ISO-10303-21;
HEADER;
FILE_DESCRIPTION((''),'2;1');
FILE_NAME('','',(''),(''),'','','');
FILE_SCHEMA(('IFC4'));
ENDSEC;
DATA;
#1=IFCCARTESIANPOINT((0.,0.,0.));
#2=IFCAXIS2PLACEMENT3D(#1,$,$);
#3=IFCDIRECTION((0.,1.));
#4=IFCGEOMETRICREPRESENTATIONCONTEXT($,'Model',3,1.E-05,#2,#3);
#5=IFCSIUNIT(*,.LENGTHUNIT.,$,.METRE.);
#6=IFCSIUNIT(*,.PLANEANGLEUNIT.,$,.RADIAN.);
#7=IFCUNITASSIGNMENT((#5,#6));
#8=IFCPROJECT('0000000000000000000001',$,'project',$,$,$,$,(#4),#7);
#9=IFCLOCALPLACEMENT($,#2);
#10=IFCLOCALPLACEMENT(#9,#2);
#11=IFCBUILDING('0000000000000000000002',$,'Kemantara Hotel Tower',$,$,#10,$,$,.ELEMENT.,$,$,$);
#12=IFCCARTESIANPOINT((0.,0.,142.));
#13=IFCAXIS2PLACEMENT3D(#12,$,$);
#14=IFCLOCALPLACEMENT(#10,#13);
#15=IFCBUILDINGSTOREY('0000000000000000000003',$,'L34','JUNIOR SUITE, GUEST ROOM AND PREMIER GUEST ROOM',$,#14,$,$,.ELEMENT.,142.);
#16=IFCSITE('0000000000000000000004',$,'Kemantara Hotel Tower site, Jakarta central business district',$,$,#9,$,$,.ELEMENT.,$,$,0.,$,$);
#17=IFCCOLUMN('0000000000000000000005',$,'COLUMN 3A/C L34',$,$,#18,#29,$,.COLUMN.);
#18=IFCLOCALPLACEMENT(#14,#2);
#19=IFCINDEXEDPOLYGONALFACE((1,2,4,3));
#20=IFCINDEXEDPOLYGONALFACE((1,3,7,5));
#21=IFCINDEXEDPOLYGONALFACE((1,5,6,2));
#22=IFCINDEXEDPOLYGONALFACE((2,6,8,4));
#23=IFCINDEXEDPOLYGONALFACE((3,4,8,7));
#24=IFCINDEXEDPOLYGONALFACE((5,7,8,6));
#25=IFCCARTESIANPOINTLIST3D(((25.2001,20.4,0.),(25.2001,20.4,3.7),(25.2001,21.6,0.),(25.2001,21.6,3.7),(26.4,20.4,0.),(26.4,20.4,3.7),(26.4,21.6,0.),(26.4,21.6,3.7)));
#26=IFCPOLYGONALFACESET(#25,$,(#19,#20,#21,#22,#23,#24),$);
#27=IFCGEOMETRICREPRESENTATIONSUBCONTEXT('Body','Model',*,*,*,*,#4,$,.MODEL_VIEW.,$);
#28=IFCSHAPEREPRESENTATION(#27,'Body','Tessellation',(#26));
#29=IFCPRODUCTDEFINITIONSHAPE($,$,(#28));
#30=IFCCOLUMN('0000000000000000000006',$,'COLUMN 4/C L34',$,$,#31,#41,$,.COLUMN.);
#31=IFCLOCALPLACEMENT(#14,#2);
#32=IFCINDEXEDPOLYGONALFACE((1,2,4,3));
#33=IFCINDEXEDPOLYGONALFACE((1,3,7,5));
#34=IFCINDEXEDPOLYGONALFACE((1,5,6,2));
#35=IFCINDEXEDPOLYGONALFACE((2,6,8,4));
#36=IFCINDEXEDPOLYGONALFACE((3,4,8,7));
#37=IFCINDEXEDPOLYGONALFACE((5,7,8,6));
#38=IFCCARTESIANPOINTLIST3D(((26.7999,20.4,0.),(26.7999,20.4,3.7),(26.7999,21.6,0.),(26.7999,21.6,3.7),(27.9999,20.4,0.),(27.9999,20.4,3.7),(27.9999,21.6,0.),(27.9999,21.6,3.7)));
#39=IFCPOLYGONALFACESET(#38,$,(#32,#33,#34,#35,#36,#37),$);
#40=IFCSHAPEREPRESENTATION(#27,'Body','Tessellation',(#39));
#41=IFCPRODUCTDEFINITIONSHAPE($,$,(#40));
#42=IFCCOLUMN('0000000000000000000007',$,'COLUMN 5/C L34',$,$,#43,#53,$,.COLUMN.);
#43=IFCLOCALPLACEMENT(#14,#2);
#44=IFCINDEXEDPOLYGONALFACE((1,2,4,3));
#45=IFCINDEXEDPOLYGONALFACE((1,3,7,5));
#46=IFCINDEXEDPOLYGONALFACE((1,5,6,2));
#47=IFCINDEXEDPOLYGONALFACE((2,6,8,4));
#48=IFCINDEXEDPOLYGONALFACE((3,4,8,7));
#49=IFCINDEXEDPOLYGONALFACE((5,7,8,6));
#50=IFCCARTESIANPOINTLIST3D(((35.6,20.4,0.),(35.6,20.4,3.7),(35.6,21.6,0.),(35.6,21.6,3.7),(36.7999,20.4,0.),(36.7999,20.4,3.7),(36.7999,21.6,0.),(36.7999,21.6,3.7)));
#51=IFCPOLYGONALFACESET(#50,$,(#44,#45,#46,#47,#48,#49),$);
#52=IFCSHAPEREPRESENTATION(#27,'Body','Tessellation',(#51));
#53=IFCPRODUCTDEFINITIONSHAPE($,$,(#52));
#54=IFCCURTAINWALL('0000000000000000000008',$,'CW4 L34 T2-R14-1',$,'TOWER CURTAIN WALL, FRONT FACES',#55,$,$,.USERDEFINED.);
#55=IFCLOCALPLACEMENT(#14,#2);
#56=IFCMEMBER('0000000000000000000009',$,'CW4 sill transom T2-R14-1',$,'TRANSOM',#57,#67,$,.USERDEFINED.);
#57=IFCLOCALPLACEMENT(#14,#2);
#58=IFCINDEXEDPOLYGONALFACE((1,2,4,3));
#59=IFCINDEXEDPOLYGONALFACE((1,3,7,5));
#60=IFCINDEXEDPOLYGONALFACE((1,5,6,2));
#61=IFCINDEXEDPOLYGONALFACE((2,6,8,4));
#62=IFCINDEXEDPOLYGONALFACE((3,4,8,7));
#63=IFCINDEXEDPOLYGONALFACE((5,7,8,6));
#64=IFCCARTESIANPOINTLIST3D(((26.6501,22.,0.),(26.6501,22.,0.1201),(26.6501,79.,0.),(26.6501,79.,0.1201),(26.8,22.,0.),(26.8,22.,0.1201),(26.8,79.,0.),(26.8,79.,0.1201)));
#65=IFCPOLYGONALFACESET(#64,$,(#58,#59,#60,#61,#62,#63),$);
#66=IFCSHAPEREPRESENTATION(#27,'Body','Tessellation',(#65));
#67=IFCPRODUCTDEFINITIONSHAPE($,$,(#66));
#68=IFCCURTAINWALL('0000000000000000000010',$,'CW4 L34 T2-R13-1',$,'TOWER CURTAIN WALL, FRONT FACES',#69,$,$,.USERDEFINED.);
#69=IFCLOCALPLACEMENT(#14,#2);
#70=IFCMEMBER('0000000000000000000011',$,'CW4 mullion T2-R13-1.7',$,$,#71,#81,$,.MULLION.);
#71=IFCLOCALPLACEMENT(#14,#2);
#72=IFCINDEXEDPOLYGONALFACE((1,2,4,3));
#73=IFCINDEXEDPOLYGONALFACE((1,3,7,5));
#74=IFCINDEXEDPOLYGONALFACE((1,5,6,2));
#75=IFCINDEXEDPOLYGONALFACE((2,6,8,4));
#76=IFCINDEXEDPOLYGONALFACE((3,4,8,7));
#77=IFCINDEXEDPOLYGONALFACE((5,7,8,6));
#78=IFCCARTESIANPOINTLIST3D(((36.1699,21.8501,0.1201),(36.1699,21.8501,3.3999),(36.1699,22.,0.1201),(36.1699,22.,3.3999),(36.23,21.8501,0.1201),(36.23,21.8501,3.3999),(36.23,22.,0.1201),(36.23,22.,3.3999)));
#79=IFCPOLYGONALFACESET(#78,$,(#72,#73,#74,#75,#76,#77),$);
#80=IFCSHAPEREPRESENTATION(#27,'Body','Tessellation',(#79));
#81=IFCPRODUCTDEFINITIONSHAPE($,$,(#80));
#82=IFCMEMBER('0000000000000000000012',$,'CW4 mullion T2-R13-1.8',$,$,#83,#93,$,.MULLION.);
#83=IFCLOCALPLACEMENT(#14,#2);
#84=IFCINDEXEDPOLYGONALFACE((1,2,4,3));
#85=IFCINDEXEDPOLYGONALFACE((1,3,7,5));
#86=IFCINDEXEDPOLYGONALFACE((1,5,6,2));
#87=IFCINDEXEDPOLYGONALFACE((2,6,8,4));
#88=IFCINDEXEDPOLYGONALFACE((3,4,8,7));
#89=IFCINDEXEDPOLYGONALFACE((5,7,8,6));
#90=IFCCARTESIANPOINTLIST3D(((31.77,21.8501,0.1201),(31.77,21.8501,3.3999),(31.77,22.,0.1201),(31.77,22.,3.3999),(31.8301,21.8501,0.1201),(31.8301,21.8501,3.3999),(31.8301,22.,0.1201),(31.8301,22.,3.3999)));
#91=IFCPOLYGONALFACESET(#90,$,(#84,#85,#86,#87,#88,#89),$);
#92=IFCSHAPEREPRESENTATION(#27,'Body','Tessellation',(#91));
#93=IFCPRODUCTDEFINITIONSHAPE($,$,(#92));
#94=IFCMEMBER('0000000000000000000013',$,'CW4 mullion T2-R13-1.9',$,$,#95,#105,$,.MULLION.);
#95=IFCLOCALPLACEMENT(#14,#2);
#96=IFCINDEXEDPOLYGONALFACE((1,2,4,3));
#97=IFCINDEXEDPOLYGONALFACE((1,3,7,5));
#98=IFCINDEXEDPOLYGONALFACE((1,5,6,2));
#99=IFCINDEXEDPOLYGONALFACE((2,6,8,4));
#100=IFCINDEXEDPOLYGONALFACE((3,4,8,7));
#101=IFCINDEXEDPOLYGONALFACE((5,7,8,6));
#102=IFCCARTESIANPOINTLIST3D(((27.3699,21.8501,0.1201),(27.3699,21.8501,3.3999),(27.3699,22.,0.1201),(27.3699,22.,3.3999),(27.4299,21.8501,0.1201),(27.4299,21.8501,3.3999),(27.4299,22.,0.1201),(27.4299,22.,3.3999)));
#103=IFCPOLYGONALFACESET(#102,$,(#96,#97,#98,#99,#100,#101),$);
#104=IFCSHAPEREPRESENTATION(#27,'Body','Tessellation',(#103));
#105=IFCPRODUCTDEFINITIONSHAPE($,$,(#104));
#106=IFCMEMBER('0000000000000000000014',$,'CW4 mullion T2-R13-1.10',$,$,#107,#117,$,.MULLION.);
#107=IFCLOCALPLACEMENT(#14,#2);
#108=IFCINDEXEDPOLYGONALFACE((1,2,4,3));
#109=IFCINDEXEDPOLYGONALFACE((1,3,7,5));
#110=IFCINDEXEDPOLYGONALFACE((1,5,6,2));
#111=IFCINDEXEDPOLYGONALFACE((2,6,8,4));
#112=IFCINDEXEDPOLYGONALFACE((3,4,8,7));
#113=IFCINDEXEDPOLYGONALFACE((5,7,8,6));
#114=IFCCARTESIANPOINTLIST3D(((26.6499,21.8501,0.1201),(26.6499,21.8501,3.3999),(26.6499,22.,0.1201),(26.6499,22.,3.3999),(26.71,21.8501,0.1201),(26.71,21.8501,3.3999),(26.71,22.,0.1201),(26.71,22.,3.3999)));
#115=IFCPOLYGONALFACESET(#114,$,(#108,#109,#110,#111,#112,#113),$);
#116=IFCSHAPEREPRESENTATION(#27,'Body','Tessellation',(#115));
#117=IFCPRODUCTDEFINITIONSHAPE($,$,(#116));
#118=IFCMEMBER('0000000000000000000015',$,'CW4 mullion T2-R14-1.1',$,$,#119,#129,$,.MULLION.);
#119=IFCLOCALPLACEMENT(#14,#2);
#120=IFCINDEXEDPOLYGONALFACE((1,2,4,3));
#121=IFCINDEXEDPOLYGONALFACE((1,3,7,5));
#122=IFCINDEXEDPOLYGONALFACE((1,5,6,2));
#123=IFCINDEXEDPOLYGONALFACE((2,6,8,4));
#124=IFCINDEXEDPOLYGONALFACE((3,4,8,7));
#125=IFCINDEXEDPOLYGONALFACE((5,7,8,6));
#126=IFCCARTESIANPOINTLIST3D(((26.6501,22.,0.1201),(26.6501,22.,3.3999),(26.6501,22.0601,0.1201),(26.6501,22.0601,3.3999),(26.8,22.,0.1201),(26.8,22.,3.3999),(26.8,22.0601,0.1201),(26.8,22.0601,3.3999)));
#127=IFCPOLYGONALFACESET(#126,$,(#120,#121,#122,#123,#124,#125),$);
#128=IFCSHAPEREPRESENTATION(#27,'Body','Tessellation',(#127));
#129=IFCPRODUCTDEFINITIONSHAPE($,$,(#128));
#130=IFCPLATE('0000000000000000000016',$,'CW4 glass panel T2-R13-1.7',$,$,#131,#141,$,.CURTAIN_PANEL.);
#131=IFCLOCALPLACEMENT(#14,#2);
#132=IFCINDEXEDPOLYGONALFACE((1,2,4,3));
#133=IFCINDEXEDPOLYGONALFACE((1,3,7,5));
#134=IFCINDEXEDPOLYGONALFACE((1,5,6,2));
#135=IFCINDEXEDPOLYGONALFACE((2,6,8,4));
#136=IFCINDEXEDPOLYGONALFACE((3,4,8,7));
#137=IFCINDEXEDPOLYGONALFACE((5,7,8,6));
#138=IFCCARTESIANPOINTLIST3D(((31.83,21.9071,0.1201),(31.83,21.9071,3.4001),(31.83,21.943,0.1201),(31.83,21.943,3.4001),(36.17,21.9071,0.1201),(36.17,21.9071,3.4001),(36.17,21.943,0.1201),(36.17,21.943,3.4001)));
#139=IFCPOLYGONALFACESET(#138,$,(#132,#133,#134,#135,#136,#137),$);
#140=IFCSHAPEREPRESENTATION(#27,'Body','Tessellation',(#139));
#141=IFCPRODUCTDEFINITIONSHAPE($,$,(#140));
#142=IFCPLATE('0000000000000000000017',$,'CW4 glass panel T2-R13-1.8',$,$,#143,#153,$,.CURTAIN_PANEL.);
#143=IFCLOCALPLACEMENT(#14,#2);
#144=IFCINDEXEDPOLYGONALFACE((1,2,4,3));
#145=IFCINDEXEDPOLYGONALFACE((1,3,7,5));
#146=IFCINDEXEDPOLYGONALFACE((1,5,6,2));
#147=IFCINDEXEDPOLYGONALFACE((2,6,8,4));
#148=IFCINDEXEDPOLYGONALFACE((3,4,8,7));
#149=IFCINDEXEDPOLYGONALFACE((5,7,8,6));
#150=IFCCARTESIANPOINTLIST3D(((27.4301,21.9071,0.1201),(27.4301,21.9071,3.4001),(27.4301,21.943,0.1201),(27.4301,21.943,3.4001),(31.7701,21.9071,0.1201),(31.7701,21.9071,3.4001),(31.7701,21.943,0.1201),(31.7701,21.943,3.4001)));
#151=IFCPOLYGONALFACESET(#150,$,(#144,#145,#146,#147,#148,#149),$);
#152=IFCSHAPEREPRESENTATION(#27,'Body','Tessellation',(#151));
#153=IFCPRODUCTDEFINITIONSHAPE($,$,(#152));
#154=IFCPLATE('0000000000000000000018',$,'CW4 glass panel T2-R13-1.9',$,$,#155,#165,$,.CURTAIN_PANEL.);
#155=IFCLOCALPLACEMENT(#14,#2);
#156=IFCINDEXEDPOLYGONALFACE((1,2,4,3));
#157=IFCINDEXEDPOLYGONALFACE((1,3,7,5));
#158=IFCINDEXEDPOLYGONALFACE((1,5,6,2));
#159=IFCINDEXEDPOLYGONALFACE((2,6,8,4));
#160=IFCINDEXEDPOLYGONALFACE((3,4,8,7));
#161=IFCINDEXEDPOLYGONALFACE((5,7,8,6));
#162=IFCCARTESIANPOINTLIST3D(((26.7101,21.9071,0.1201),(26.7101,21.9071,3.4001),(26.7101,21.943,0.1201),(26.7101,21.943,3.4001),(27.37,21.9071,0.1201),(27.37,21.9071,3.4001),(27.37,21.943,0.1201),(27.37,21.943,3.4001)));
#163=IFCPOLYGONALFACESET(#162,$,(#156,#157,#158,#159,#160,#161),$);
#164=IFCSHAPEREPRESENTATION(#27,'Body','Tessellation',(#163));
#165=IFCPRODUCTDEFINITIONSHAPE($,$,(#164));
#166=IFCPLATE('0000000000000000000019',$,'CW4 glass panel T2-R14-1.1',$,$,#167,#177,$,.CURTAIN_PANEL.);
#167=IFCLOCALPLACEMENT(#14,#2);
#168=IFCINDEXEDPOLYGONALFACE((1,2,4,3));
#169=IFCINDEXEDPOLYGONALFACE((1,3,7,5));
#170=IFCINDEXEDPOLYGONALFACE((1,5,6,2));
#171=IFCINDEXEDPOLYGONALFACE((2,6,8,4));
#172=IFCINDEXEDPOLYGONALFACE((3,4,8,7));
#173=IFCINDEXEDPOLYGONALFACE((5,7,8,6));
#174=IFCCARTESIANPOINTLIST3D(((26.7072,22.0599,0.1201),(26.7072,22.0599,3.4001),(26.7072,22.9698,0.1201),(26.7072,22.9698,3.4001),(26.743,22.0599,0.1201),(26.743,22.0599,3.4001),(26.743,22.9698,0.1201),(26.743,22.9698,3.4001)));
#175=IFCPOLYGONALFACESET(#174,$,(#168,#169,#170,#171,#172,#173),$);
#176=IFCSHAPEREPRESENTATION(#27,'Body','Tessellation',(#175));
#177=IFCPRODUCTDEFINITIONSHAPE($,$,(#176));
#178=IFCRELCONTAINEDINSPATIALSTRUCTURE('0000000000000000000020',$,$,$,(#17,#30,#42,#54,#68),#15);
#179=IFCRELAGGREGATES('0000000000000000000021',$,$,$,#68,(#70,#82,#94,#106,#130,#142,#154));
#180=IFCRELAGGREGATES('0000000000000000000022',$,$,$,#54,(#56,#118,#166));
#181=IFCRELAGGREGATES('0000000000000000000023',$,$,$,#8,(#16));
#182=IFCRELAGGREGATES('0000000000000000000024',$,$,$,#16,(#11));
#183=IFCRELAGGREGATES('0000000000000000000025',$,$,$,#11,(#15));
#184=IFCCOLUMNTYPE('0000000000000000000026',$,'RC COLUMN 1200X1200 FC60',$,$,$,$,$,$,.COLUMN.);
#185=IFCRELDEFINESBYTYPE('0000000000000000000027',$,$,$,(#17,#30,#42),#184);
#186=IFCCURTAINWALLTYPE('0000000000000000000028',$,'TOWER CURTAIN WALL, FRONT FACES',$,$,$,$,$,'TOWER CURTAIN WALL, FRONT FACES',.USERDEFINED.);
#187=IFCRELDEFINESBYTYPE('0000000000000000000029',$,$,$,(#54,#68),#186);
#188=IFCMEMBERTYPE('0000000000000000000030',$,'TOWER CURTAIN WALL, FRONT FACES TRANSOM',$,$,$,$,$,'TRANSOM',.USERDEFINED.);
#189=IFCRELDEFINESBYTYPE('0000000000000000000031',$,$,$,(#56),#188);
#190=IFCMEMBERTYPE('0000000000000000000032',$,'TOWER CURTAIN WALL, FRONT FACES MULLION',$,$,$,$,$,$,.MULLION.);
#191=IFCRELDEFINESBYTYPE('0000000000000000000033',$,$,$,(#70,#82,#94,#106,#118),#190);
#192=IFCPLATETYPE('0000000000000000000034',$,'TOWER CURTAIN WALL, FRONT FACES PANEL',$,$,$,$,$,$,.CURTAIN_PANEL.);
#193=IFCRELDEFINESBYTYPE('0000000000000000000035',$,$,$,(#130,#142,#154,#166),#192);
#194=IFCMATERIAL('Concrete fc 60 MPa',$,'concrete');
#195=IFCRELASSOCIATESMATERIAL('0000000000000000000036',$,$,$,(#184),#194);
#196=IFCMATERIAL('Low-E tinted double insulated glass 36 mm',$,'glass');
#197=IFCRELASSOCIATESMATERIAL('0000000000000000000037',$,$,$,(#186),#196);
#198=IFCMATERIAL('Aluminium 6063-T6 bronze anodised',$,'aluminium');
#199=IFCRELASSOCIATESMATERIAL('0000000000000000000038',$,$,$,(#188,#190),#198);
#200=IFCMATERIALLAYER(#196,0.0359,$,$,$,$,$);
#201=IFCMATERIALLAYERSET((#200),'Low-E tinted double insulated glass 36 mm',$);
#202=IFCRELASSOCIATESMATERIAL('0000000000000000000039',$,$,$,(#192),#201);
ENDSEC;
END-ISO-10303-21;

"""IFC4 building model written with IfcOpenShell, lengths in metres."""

from ifc_helpers import new_model, si_unit, direction, frame, origin, origin_2d, place, context, subcontext, project, spatial, rectangle, extrude, source, transform, mapped, material, layer, layer_set, material_profile, profile_set, type_object, element, aggregate, save


model = new_model("IFC4")

# Units and contexts
model_context = context("Model", 3, precision=1e-05, world=origin(), true_north=direction((0.0, 1.0)))
body_context = subcontext(model_context, "Body", "Model", "MODEL_VIEW")
ifc_project = project(units=[si_unit("LENGTHUNIT", "METRE"), si_unit("PLANEANGLEUNIT", "RADIAN")], contexts=[model_context])

# Site, building, storey
site_placement = place(None, origin())
site = spatial("IfcSite", under=ifc_project, at=site_placement, Name="Kemantara Hotel Tower site, Jakarta central business district", CompositionType="ELEMENT", RefElevation=0.0)
building_placement = place(site_placement, origin())
building = spatial("IfcBuilding", under=site, at=building_placement, Name="Kemantara Hotel Tower", CompositionType="ELEMENT")
storey_placement = place(building_placement, frame((0.0, 0.0, 142.0)))
storey = spatial("IfcBuildingStorey", under=building, at=storey_placement, Name="L34", Description="JUNIOR SUITE, GUEST ROOM AND PREMIER GUEST ROOM", CompositionType="ELEMENT", Elevation=142.0)

# Columns
ifc_material_1 = material(Name="Concrete fc 60 MPa", Category="concrete")
ifc_material_profile_1 = material_profile(ifc_material_1, rectangle(XDim=1.2, YDim=1.2, at=origin_2d()), Name="RC 1200X1200")
ifc_profile_set_1 = profile_set([ifc_material_profile_1], Name="Concrete fc 60 MPa")
column_type = type_object("IfcColumnType", Name="RC COLUMN 1200X1200 FC60", PredefinedType="COLUMN", material=ifc_profile_set_1)
for number, where, z_axis, x_axis, name in (
    (1, (25.8, 21.0, 0.0), (0.0, 0.0, 1.0), (1.0, 0.0, 0.0), "COLUMN 3A/C L34"),
    (2, (27.3999, 21.0, 0.0), (0.0, 0.0, 1.0), (1.0, 0.0, 0.0), "COLUMN 4/C L34"),
    (3, (36.2, 21.0, 0.0), (0.0, 0.0, 1.0), (1.0, 0.0, 0.0), "COLUMN 5/C L34"),
):
    element("IfcColumn", number, at=place(storey_placement, frame(where, z_axis=z_axis, x_axis=x_axis)), inside=storey, type_object=column_type, Name=name, PredefinedType="COLUMN", context=body_context, shape_type="SweptSolid", body=[
        extrude(rectangle(XDim=1.2, YDim=1.2, at=origin_2d()), origin(), (0.0, 0.0, 1.0), 3.7),
    ])

# Curtain wall, member
ifc_material_2 = material(Name="Low-E tinted double insulated glass 36 mm", Category="glass")
curtain_wall_type = type_object("IfcCurtainWallType", Name="TOWER CURTAIN WALL, FRONT FACES", ElementType="TOWER CURTAIN WALL, FRONT FACES", PredefinedType="USERDEFINED", material=ifc_material_2)
curtain_wall_1_placement = place(storey_placement, origin())
curtain_wall_1 = element("IfcCurtainWall", 4, at=curtain_wall_1_placement, inside=storey, type_object=curtain_wall_type, Name="CW4 L34 T2-R14-1", ObjectType="TOWER CURTAIN WALL, FRONT FACES", PredefinedType="USERDEFINED")
ifc_material_3 = material(Name="Aluminium 6063-T6 bronze anodised", Category="aluminium")
ifc_material_profile_2 = material_profile(ifc_material_3, rectangle(XDim=0.1499, YDim=0.1201, at=origin_2d()), Name="TOWER CURTAIN WALL, FRONT FACES TRANSOM")
ifc_profile_set_2 = profile_set([ifc_material_profile_2], Name="Aluminium 6063-T6 bronze anodised")
member_type_1 = type_object("IfcMemberType", Name="TOWER CURTAIN WALL, FRONT FACES TRANSOM", ElementType="TRANSOM", PredefinedType="USERDEFINED", material=ifc_profile_set_2)
member_1_placement = place(storey_placement, frame((26.7251, 22.0, 0.0601), z_axis=(0.0, 1.0, 0.0), x_axis=(-1.0, 0.0, 0.0)))
member_1 = element("IfcMember", 5, at=member_1_placement, type_object=member_type_1, Name="CW4 sill transom T2-R14-1", ObjectType="TRANSOM", PredefinedType="USERDEFINED", context=body_context, shape_type="SweptSolid", body=[
    extrude(rectangle(XDim=0.1499, YDim=0.1201, at=origin_2d()), origin(), (0.0, 0.0, 1.0), 57.0),
])

# Curtain wall, members
curtain_wall_2_placement = place(storey_placement, origin())
curtain_wall_2 = element("IfcCurtainWall", 6, at=curtain_wall_2_placement, inside=storey, type_object=curtain_wall_type, Name="CW4 L34 T2-R13-1", ObjectType="TOWER CURTAIN WALL, FRONT FACES", PredefinedType="USERDEFINED")
ifc_material_profile_3 = material_profile(ifc_material_3, rectangle(XDim=0.1499, YDim=0.0601, at=origin_2d()), Name="TOWER CURTAIN WALL, FRONT FACES MULLION")
ifc_profile_set_3 = profile_set([ifc_material_profile_3], Name="Aluminium 6063-T6 bronze anodised")
member_type_2 = type_object("IfcMemberType", Name="TOWER CURTAIN WALL, FRONT FACES MULLION", PredefinedType="MULLION", material=ifc_profile_set_3)
shared_shape_1 = source(origin(), body_context, "Body", "SweptSolid", [
    extrude(rectangle(XDim=0.1499, YDim=0.0601, at=origin_2d()), origin(), (0.0, 0.0, 1.0), 3.2798),
])
member_2_placement = place(storey_placement, frame((36.2, 21.925, 0.1201), z_axis=(0.0, 0.0, 1.0), x_axis=(0.0, -1.0, 0.0)))
member_2 = element("IfcMember", 7, at=member_2_placement, type_object=member_type_2, Name="CW4 mullion T2-R13-1.7", PredefinedType="MULLION", context=body_context, shape_type="MappedRepresentation", body=[
    mapped(shared_shape_1, transform((0.0, 0.0, 0.0))),
])
member_3_placement = place(storey_placement, frame((31.8, 21.925, 0.1201), z_axis=(0.0, 0.0, 1.0), x_axis=(0.0, -1.0, 0.0)))
member_3 = element("IfcMember", 8, at=member_3_placement, type_object=member_type_2, Name="CW4 mullion T2-R13-1.8", PredefinedType="MULLION", context=body_context, shape_type="MappedRepresentation", body=[
    mapped(shared_shape_1, transform((0.0, 0.0, 0.0))),
])
member_4_placement = place(storey_placement, frame((27.3999, 21.925, 0.1201), z_axis=(0.0, 0.0, 1.0), x_axis=(0.0, -1.0, 0.0)))
member_4 = element("IfcMember", 9, at=member_4_placement, type_object=member_type_2, Name="CW4 mullion T2-R13-1.9", PredefinedType="MULLION", context=body_context, shape_type="MappedRepresentation", body=[
    mapped(shared_shape_1, transform((0.0, 0.0, 0.0))),
])
member_5_placement = place(storey_placement, frame((26.6799, 21.925, 0.1201), z_axis=(0.0, 0.0, 1.0), x_axis=(0.0, -1.0, 0.0)))
member_5 = element("IfcMember", 10, at=member_5_placement, type_object=member_type_2, Name="CW4 mullion T2-R13-1.10", PredefinedType="MULLION", context=body_context, shape_type="MappedRepresentation", body=[
    mapped(shared_shape_1, transform((0.0, 0.0, 0.0))),
])

# Member
member_6_placement = place(storey_placement, frame((26.7251, 22.03, 0.1201), z_axis=(0.0, 0.0, 1.0), x_axis=(-1.0, 0.0, 0.0)))
member_6 = element("IfcMember", 11, at=member_6_placement, type_object=member_type_2, Name="CW4 mullion T2-R14-1.1", PredefinedType="MULLION", context=body_context, shape_type="MappedRepresentation", body=[
    mapped(shared_shape_1, transform((0.0, 0.0, 0.0))),
])

# Plates
ifc_layer_1 = layer(ifc_material_2, 0.0359)
ifc_layer_set_1 = layer_set([ifc_layer_1], Name="Low-E tinted double insulated glass 36 mm")
plate_type = type_object("IfcPlateType", Name="TOWER CURTAIN WALL, FRONT FACES PANEL", PredefinedType="CURTAIN_PANEL", material=ifc_layer_set_1)
shared_shape_2 = source(origin(), body_context, "Body", "SweptSolid", [
    extrude(rectangle(XDim=4.3401, YDim=0.0359, at=origin_2d()), origin(), (0.0, 0.0, 1.0), 3.28),
])
plate_1_placement = place(storey_placement, frame((34.0, 21.925, 0.1201), z_axis=(0.0, 0.0, 1.0), x_axis=(-1.0, 0.0, 0.0)))
plate_1 = element("IfcPlate", 12, at=plate_1_placement, type_object=plate_type, Name="CW4 glass panel T2-R13-1.7", PredefinedType="CURTAIN_PANEL", context=body_context, shape_type="MappedRepresentation", body=[
    mapped(shared_shape_2, transform((0.0, 0.0, 0.0))),
])
plate_2_placement = place(storey_placement, frame((29.6001, 21.925, 0.1201), z_axis=(0.0, 0.0, 1.0), x_axis=(-1.0, 0.0, 0.0)))
plate_2 = element("IfcPlate", 13, at=plate_2_placement, type_object=plate_type, Name="CW4 glass panel T2-R13-1.8", PredefinedType="CURTAIN_PANEL", context=body_context, shape_type="MappedRepresentation", body=[
    mapped(shared_shape_2, transform((0.0, 0.0, 0.0))),
])
shared_shape_3 = source(origin(), body_context, "Body", "SweptSolid", [
    extrude(rectangle(XDim=0.6599, YDim=0.0359, at=origin_2d()), origin(), (0.0, 0.0, 1.0), 3.28),
])
plate_3_placement = place(storey_placement, frame((27.04, 21.925, 0.1201), z_axis=(0.0, 0.0, 1.0), x_axis=(-1.0, 0.0, 0.0)))
plate_3 = element("IfcPlate", 14, at=plate_3_placement, type_object=plate_type, Name="CW4 glass panel T2-R13-1.9", PredefinedType="CURTAIN_PANEL", context=body_context, shape_type="MappedRepresentation", body=[
    mapped(shared_shape_3, transform((0.0, 0.0, 0.0))),
])
aggregate(curtain_wall_2, [member_2, member_3, member_4, member_5, plate_1, plate_2, plate_3])
shared_shape_4 = source(origin(), body_context, "Body", "SweptSolid", [
    extrude(rectangle(XDim=0.9099, YDim=0.0359, at=origin_2d()), origin(), (0.0, 0.0, 1.0), 3.28),
])
plate_4_placement = place(storey_placement, frame((26.7251, 22.5149, 0.1201), z_axis=(0.0, 0.0, 1.0), x_axis=(0.0, 1.0, 0.0)))
plate_4 = element("IfcPlate", 15, at=plate_4_placement, type_object=plate_type, Name="CW4 glass panel T2-R14-1.1", PredefinedType="CURTAIN_PANEL", context=body_context, shape_type="MappedRepresentation", body=[
    mapped(shared_shape_4, transform((0.0, 0.0, 0.0))),
])
aggregate(curtain_wall_1, [member_1, member_6, plate_4])

save(model, "model.ifc")
